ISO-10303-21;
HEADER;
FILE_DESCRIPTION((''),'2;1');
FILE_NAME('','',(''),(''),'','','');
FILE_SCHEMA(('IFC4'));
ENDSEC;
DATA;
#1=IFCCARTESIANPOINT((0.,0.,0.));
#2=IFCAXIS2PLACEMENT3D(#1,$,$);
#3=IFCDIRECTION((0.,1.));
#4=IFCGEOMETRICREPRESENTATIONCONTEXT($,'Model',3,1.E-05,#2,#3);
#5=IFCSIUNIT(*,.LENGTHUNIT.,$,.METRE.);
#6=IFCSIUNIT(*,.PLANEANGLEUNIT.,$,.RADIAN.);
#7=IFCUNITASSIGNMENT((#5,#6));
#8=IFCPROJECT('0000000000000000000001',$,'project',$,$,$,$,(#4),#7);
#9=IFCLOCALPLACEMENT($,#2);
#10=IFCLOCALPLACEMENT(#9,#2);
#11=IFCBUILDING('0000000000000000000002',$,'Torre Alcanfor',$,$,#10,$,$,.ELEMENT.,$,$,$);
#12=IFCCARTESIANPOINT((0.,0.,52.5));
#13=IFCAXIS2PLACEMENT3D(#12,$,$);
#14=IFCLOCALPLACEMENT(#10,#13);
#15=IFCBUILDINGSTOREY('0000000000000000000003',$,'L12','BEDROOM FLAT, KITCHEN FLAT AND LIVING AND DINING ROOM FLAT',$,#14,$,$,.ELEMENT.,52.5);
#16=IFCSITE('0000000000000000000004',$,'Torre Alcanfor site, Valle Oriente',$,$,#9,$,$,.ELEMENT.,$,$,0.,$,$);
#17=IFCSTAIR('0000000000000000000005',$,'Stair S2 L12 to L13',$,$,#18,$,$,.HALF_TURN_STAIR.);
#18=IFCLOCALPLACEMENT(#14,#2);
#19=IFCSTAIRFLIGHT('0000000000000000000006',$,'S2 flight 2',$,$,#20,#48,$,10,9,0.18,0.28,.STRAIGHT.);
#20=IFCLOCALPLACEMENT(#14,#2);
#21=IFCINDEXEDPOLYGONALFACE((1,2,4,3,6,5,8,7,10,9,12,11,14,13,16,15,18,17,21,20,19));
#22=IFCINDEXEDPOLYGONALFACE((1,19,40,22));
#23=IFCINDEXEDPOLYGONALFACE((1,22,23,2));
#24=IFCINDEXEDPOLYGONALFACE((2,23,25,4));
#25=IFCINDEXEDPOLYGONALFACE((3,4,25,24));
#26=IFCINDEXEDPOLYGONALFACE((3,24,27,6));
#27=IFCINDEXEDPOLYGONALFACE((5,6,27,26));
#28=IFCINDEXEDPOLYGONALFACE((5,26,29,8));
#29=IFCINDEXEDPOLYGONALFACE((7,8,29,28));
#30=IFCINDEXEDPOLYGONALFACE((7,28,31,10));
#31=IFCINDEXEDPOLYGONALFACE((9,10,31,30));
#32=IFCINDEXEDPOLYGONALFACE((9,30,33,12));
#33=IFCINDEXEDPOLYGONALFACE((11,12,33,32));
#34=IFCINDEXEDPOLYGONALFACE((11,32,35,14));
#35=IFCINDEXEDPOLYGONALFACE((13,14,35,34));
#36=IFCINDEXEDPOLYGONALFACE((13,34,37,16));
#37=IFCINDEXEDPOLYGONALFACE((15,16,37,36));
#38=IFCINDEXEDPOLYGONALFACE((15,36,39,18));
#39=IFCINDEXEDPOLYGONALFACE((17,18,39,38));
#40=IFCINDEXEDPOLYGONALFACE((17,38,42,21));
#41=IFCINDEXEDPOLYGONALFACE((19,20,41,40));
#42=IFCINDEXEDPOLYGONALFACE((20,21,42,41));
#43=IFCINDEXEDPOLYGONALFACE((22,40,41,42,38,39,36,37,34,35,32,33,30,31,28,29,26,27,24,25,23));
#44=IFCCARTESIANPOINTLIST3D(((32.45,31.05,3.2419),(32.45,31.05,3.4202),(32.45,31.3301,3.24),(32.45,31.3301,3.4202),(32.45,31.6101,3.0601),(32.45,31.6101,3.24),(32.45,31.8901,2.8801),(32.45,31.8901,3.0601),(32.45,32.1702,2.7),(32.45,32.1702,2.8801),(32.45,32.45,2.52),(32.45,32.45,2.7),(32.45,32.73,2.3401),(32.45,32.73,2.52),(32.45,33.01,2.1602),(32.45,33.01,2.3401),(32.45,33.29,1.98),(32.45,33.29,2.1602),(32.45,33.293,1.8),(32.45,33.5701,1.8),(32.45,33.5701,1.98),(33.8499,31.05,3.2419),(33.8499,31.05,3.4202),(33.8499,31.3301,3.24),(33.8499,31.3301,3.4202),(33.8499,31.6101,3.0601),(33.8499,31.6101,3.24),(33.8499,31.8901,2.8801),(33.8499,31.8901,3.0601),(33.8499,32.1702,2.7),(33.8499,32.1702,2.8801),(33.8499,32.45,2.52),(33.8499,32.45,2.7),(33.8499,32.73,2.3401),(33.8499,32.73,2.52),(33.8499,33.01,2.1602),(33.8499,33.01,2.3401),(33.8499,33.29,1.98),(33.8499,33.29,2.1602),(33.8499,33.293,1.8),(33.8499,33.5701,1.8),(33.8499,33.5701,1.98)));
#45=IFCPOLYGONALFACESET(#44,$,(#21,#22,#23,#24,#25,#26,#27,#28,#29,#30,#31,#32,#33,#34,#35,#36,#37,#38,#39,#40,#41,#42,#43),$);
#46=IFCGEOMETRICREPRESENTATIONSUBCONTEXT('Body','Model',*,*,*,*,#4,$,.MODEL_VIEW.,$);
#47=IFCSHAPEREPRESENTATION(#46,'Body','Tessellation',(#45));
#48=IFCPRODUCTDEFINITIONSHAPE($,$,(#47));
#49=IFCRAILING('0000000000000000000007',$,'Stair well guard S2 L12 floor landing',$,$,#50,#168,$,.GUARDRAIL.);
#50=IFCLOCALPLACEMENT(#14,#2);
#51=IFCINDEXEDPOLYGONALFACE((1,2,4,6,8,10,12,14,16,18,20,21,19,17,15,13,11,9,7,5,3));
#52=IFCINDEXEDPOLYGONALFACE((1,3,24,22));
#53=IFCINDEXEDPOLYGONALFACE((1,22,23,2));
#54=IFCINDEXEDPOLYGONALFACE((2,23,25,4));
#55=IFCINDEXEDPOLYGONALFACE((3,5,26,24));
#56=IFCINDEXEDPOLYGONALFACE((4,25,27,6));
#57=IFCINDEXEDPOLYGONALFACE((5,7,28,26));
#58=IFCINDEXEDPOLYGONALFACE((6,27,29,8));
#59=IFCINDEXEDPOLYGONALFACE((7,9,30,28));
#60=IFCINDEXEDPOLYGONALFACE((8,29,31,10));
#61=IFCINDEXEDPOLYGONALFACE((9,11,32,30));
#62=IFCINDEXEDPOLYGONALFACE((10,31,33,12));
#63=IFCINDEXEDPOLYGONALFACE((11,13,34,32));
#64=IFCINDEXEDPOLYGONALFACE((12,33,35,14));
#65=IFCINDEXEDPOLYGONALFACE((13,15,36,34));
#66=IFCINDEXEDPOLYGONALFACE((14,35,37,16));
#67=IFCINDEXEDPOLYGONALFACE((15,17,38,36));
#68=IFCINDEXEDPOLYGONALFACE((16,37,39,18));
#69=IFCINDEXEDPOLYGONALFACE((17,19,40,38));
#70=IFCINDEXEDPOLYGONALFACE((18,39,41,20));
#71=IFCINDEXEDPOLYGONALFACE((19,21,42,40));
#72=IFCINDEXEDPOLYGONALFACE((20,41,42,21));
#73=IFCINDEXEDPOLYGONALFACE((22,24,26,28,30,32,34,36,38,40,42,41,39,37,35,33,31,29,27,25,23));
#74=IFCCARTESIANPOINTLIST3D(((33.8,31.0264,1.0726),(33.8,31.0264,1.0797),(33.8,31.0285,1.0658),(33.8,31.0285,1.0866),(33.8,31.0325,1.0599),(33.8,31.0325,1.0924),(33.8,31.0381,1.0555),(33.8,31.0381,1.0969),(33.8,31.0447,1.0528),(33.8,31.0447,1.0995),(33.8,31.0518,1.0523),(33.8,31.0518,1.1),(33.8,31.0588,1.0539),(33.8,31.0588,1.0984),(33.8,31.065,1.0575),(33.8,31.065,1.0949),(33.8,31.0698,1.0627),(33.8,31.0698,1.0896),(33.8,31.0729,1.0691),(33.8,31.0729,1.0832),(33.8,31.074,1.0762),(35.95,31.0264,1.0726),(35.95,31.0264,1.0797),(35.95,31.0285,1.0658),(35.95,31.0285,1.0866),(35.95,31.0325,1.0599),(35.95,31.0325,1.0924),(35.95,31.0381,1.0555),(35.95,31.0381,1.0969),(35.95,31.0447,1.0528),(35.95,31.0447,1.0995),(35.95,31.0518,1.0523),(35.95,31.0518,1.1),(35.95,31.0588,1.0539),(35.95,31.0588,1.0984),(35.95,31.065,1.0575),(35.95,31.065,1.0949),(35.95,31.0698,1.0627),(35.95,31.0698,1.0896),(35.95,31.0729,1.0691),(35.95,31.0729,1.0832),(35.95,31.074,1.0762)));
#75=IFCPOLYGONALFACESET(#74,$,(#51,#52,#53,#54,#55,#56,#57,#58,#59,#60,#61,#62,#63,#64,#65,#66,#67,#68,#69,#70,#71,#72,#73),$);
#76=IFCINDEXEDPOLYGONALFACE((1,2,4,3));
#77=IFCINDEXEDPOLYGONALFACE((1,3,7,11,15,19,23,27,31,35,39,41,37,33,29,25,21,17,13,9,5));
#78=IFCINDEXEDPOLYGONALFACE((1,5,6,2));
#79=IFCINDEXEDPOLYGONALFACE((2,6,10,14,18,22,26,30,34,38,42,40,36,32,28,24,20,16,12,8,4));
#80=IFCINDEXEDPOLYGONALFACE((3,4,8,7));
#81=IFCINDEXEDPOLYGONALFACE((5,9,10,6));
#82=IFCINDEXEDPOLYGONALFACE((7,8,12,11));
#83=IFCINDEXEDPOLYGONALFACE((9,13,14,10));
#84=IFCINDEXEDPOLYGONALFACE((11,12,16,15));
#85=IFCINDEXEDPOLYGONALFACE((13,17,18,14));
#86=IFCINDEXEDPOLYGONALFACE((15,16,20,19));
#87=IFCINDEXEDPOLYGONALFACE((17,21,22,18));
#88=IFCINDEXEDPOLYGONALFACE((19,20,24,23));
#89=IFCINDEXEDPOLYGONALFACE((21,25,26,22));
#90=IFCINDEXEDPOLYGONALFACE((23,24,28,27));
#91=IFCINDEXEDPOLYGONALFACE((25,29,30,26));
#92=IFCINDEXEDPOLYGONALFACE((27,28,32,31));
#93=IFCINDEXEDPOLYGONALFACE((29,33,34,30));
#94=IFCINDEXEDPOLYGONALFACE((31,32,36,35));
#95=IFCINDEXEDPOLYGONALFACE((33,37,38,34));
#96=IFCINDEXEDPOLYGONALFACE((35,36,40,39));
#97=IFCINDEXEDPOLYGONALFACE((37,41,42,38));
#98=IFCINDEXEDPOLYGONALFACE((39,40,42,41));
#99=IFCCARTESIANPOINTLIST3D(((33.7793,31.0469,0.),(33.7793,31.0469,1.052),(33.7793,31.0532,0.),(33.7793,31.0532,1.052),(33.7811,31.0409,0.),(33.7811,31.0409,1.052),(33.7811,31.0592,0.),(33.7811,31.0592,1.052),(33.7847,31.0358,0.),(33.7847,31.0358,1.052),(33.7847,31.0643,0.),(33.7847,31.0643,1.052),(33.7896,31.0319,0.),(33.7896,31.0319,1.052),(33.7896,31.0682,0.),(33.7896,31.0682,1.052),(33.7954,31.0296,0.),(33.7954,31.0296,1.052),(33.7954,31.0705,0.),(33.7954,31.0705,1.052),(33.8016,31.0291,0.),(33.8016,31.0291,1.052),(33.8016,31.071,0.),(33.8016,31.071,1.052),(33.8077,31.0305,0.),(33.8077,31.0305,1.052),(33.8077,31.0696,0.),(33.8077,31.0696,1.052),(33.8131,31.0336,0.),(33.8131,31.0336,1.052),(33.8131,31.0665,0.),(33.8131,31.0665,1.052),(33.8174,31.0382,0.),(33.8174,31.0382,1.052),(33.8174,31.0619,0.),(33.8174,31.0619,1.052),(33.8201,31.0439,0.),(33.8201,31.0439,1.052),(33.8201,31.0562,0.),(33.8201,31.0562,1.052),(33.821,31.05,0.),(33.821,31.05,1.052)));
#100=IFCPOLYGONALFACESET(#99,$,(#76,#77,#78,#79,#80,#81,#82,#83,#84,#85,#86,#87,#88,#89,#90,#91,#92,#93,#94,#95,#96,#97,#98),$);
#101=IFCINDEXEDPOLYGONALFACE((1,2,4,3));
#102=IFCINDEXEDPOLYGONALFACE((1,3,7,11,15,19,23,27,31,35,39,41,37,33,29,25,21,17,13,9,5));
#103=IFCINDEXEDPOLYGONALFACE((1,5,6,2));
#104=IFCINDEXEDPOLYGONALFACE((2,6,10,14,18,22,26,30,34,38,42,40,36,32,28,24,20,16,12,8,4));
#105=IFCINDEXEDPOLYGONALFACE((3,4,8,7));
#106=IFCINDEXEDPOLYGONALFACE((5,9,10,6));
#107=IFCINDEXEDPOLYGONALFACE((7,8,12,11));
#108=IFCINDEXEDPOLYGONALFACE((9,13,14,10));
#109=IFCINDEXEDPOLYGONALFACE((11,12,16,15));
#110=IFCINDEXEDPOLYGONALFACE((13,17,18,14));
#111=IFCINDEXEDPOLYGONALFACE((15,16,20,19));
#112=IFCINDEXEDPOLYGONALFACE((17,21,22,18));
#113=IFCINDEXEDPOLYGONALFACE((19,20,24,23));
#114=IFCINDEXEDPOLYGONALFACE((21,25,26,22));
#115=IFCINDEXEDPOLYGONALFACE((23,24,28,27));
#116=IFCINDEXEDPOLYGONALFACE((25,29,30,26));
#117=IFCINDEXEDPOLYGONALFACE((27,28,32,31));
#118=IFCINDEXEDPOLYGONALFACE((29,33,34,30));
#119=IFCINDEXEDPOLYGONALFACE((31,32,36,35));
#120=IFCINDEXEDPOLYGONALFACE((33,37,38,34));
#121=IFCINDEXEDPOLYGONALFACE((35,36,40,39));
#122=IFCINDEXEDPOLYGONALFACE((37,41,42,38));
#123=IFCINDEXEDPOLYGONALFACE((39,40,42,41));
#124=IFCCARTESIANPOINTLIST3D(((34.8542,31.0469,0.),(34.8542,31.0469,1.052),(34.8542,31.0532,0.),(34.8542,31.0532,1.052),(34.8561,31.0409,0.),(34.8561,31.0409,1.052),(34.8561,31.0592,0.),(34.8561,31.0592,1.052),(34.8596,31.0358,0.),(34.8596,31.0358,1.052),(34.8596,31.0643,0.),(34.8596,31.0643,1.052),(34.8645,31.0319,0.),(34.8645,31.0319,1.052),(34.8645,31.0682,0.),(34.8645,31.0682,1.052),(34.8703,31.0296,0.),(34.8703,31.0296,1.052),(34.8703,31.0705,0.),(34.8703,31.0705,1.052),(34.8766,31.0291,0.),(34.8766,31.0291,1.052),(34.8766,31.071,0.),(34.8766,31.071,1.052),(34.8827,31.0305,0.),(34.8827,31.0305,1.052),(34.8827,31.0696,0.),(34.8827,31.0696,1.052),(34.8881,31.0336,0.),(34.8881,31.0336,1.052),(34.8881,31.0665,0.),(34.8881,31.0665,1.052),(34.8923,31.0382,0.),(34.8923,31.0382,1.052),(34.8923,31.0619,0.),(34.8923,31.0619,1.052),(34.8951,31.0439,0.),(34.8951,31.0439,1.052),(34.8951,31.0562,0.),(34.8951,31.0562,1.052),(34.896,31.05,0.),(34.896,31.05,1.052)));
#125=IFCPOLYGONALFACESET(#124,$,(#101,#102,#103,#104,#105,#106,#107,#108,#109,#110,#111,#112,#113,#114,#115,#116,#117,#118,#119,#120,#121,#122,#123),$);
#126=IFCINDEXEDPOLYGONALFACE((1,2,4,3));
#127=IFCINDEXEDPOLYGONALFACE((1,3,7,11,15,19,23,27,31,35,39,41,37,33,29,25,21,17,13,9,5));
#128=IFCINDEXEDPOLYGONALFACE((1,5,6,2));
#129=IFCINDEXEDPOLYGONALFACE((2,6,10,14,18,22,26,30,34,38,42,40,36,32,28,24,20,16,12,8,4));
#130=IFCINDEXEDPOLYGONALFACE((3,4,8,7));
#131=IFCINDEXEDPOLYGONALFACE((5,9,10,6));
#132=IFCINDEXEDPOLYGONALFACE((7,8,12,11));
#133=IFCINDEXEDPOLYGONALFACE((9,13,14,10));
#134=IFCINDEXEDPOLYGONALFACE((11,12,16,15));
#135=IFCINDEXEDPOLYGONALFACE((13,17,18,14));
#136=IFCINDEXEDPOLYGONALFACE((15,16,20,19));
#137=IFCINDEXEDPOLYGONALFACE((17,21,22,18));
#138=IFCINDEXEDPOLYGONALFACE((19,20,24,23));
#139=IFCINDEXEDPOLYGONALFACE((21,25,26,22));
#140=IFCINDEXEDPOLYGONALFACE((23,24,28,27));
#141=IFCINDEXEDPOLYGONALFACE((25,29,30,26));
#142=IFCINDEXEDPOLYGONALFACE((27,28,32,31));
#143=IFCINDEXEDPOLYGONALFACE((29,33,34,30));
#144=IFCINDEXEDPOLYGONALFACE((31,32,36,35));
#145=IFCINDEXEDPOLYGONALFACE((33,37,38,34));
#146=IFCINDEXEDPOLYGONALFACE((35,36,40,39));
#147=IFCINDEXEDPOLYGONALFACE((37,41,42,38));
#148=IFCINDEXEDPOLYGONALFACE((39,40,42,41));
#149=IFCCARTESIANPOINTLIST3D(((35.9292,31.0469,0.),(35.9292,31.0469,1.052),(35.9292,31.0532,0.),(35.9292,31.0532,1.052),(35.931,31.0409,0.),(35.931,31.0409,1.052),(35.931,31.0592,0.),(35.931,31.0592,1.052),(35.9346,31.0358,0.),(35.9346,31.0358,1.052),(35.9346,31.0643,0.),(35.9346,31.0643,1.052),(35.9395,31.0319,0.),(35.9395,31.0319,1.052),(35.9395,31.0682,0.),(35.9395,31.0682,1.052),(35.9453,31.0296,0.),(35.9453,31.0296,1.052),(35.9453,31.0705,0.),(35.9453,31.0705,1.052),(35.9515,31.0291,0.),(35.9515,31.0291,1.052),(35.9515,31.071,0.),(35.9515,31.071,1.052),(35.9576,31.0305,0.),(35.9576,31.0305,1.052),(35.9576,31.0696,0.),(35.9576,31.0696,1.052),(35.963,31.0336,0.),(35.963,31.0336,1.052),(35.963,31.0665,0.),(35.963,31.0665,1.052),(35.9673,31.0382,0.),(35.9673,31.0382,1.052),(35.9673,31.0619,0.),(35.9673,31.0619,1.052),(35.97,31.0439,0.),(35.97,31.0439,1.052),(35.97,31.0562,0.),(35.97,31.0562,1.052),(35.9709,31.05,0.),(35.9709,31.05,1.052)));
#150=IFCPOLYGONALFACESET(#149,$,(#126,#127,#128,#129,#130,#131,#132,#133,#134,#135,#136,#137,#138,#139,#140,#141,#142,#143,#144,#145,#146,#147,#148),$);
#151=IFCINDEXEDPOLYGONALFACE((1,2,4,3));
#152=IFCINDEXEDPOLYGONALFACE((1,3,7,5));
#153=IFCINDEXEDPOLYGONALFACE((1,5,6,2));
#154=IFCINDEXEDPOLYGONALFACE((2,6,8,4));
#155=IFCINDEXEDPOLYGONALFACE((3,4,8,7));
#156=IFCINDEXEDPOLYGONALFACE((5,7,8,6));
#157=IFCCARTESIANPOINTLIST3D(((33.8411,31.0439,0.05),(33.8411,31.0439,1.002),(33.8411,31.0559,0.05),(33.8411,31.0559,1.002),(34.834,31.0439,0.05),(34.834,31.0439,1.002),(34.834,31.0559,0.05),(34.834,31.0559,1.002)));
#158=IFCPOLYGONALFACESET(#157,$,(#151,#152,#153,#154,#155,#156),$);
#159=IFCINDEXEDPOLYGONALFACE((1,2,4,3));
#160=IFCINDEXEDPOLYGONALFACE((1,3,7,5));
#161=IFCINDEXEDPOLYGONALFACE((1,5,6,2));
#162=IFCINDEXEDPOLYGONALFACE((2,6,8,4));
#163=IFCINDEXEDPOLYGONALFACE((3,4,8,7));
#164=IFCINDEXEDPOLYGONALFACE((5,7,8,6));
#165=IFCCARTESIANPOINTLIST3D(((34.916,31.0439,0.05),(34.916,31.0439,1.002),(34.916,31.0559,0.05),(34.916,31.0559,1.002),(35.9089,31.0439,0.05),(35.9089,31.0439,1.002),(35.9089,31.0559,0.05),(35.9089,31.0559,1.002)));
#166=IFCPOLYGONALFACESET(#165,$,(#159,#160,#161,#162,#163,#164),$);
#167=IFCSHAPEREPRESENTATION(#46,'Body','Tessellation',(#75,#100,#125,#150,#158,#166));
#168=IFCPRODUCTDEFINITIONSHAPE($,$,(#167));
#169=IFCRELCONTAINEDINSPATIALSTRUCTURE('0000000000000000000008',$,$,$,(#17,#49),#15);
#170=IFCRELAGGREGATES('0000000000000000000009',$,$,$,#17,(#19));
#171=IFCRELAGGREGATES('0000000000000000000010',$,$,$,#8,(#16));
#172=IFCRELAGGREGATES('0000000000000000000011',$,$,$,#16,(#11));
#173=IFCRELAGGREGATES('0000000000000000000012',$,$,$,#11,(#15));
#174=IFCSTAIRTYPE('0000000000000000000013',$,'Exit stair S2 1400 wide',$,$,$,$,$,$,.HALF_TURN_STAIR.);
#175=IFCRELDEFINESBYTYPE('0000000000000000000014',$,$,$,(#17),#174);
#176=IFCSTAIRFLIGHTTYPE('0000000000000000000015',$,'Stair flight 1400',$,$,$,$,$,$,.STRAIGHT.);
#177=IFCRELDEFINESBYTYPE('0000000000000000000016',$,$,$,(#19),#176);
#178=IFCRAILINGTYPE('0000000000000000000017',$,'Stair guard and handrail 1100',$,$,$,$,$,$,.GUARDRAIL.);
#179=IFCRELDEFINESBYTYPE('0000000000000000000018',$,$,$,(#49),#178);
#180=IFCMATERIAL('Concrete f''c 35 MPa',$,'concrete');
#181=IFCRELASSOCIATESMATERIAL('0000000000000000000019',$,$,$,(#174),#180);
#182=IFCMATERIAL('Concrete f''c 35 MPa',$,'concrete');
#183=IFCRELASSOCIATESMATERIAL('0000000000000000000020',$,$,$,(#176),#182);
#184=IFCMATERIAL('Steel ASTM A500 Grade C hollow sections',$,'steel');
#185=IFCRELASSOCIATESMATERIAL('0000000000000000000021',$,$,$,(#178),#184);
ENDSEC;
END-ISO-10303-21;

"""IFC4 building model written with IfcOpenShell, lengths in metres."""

from ifc_helpers import new_model, si_unit, direction, frame, origin, origin_2d, place, context, subcontext, project, spatial, polyline, circle, outline, extrude, material, type_object, element, aggregate, save


model = new_model("IFC4")

# Units and contexts
model_context = context("Model", 3, precision=1e-05, world=origin(), true_north=direction((0.0, 1.0)))
body_context = subcontext(model_context, "Body", "Model", "MODEL_VIEW")
ifc_project = project(units=[si_unit("LENGTHUNIT", "METRE"), si_unit("PLANEANGLEUNIT", "RADIAN")], contexts=[model_context])

# Site, building, storey
site_placement = place(None, origin())
site = spatial("IfcSite", under=ifc_project, at=site_placement, Name="Torre Alcanfor site, Valle Oriente", CompositionType="ELEMENT", RefElevation=0.0)
building_placement = place(site_placement, origin())
building = spatial("IfcBuilding", under=site, at=building_placement, Name="Torre Alcanfor", CompositionType="ELEMENT")
storey_placement = place(building_placement, frame((0.0, 0.0, 52.5)))
storey = spatial("IfcBuildingStorey", under=building, at=storey_placement, Name="L12", Description="BEDROOM FLAT, KITCHEN FLAT AND LIVING AND DINING ROOM FLAT", CompositionType="ELEMENT", Elevation=52.5)

# Stair, stair flight
ifc_material_1 = material(Name="Concrete f'c 35 MPa", Category="concrete")
stair_type = type_object("IfcStairType", Name="Exit stair S2 1400 wide", PredefinedType="HALF_TURN_STAIR", material=ifc_material_1)
stair_placement = place(storey_placement, origin())
stair = element("IfcStair", 1, at=stair_placement, inside=storey, type_object=stair_type, Name="Stair S2 L12 to L13", PredefinedType="HALF_TURN_STAIR")
ifc_material_2 = material(Name="Concrete f'c 35 MPa", Category="concrete")
stair_flight_type = type_object("IfcStairFlightType", Name="Stair flight 1400", PredefinedType="STRAIGHT", material=ifc_material_2)
stair_flight_1_placement = place(storey_placement, frame((33.1499, 33.5701, 1.8), z_axis=(0.0, 0.0, 1.0), x_axis=(0.0, -1.0, 0.0)))
stair_flight_1 = element("IfcStairFlight", 2, at=stair_flight_1_placement, type_object=stair_flight_type, Name="S2 flight 2", NumberOfRisers=10, NumberOfTreads=9, PredefinedType="STRAIGHT", RiserHeight=0.18, TreadLength=0.28, context=body_context, shape_type="SweptSolid", body=[
    extrude(outline(polyline([(0.0, 0.0), (0.0, 0.1799), (0.28, 0.1799), (0.28, 0.3601), (0.5601, 0.3601), (0.5601, 0.54), (0.8401, 0.54), (0.8401, 0.72), (1.1201, 0.72), (1.1201, 0.8999), (1.3999, 0.8999), (1.3999, 1.0801), (1.6799, 1.0801), (1.6799, 1.26), (1.96, 1.26), (1.96, 1.4399), (2.24, 1.4399), (2.24, 1.6201), (2.52, 1.6201), (2.52, 1.8), (2.52, 1.4419), (0.2771, 0.0), (0.0, 0.0)])), frame((0.0, 0.7, 0.0), z_axis=(0.0, -1.0, 0.0), x_axis=(1.0, 0.0, 0.0)), (0.0, 0.0, 1.0), 1.3999),
])
aggregate(stair, [stair_flight_1])

# Railing
ifc_material_3 = material(Name="Steel ASTM A500 Grade C hollow sections", Category="steel")
railing_type_1 = type_object("IfcRailingType", Name="Stair guard and handrail 1100", PredefinedType="GUARDRAIL", material=ifc_material_3)
for number, where, name in (
    (3, (33.8, 31.05, 0.0), "Stair well guard S2 L12 floor landing"),
):
    element("IfcRailing", number, at=place(storey_placement, frame(where)), inside=storey, type_object=railing_type_1, Name=name, PredefinedType="GUARDRAIL", context=body_context, shape_type="SweptSolid", body=[
        extrude(circle(Radius=0.0239, at=origin_2d()), frame((0.0, 0.0, 1.0762), z_axis=(1.0, 0.0, 0.0), x_axis=(0.0, 1.0, 0.0)), (0.0, 0.0, 1.0), 2.1499),
        extrude(circle(Radius=0.021, at=origin_2d()), origin(), (0.0, 0.0, 1.0), 1.052),
        extrude(circle(Radius=0.021, at=origin_2d()), frame((1.075, 0.0, 0.0)), (0.0, 0.0, 1.0), 1.052),
        extrude(circle(Radius=0.021, at=origin_2d()), frame((2.1499, 0.0, 0.0)), (0.0, 0.0, 1.0), 1.052),
        extrude(outline(polyline([(0.041, 0.05), (1.0339, 0.05), (1.0339, 1.002), (0.041, 1.002), (0.041, 0.05)])), frame((0.0, 0.0059, 0.0), z_axis=(0.0, -1.0, 0.0), x_axis=(1.0, 0.0, 0.0)), (0.0, 0.0, 1.0), 0.012),
        extrude(outline(polyline([(1.116, 0.05), (2.1089, 0.05), (2.1089, 1.002), (1.116, 1.002), (1.116, 0.05)])), frame((0.0, 0.0059, 0.0), z_axis=(0.0, -1.0, 0.0), x_axis=(1.0, 0.0, 0.0)), (0.0, 0.0, 1.0), 0.012),
    ])

save(model, "model.ifc")
